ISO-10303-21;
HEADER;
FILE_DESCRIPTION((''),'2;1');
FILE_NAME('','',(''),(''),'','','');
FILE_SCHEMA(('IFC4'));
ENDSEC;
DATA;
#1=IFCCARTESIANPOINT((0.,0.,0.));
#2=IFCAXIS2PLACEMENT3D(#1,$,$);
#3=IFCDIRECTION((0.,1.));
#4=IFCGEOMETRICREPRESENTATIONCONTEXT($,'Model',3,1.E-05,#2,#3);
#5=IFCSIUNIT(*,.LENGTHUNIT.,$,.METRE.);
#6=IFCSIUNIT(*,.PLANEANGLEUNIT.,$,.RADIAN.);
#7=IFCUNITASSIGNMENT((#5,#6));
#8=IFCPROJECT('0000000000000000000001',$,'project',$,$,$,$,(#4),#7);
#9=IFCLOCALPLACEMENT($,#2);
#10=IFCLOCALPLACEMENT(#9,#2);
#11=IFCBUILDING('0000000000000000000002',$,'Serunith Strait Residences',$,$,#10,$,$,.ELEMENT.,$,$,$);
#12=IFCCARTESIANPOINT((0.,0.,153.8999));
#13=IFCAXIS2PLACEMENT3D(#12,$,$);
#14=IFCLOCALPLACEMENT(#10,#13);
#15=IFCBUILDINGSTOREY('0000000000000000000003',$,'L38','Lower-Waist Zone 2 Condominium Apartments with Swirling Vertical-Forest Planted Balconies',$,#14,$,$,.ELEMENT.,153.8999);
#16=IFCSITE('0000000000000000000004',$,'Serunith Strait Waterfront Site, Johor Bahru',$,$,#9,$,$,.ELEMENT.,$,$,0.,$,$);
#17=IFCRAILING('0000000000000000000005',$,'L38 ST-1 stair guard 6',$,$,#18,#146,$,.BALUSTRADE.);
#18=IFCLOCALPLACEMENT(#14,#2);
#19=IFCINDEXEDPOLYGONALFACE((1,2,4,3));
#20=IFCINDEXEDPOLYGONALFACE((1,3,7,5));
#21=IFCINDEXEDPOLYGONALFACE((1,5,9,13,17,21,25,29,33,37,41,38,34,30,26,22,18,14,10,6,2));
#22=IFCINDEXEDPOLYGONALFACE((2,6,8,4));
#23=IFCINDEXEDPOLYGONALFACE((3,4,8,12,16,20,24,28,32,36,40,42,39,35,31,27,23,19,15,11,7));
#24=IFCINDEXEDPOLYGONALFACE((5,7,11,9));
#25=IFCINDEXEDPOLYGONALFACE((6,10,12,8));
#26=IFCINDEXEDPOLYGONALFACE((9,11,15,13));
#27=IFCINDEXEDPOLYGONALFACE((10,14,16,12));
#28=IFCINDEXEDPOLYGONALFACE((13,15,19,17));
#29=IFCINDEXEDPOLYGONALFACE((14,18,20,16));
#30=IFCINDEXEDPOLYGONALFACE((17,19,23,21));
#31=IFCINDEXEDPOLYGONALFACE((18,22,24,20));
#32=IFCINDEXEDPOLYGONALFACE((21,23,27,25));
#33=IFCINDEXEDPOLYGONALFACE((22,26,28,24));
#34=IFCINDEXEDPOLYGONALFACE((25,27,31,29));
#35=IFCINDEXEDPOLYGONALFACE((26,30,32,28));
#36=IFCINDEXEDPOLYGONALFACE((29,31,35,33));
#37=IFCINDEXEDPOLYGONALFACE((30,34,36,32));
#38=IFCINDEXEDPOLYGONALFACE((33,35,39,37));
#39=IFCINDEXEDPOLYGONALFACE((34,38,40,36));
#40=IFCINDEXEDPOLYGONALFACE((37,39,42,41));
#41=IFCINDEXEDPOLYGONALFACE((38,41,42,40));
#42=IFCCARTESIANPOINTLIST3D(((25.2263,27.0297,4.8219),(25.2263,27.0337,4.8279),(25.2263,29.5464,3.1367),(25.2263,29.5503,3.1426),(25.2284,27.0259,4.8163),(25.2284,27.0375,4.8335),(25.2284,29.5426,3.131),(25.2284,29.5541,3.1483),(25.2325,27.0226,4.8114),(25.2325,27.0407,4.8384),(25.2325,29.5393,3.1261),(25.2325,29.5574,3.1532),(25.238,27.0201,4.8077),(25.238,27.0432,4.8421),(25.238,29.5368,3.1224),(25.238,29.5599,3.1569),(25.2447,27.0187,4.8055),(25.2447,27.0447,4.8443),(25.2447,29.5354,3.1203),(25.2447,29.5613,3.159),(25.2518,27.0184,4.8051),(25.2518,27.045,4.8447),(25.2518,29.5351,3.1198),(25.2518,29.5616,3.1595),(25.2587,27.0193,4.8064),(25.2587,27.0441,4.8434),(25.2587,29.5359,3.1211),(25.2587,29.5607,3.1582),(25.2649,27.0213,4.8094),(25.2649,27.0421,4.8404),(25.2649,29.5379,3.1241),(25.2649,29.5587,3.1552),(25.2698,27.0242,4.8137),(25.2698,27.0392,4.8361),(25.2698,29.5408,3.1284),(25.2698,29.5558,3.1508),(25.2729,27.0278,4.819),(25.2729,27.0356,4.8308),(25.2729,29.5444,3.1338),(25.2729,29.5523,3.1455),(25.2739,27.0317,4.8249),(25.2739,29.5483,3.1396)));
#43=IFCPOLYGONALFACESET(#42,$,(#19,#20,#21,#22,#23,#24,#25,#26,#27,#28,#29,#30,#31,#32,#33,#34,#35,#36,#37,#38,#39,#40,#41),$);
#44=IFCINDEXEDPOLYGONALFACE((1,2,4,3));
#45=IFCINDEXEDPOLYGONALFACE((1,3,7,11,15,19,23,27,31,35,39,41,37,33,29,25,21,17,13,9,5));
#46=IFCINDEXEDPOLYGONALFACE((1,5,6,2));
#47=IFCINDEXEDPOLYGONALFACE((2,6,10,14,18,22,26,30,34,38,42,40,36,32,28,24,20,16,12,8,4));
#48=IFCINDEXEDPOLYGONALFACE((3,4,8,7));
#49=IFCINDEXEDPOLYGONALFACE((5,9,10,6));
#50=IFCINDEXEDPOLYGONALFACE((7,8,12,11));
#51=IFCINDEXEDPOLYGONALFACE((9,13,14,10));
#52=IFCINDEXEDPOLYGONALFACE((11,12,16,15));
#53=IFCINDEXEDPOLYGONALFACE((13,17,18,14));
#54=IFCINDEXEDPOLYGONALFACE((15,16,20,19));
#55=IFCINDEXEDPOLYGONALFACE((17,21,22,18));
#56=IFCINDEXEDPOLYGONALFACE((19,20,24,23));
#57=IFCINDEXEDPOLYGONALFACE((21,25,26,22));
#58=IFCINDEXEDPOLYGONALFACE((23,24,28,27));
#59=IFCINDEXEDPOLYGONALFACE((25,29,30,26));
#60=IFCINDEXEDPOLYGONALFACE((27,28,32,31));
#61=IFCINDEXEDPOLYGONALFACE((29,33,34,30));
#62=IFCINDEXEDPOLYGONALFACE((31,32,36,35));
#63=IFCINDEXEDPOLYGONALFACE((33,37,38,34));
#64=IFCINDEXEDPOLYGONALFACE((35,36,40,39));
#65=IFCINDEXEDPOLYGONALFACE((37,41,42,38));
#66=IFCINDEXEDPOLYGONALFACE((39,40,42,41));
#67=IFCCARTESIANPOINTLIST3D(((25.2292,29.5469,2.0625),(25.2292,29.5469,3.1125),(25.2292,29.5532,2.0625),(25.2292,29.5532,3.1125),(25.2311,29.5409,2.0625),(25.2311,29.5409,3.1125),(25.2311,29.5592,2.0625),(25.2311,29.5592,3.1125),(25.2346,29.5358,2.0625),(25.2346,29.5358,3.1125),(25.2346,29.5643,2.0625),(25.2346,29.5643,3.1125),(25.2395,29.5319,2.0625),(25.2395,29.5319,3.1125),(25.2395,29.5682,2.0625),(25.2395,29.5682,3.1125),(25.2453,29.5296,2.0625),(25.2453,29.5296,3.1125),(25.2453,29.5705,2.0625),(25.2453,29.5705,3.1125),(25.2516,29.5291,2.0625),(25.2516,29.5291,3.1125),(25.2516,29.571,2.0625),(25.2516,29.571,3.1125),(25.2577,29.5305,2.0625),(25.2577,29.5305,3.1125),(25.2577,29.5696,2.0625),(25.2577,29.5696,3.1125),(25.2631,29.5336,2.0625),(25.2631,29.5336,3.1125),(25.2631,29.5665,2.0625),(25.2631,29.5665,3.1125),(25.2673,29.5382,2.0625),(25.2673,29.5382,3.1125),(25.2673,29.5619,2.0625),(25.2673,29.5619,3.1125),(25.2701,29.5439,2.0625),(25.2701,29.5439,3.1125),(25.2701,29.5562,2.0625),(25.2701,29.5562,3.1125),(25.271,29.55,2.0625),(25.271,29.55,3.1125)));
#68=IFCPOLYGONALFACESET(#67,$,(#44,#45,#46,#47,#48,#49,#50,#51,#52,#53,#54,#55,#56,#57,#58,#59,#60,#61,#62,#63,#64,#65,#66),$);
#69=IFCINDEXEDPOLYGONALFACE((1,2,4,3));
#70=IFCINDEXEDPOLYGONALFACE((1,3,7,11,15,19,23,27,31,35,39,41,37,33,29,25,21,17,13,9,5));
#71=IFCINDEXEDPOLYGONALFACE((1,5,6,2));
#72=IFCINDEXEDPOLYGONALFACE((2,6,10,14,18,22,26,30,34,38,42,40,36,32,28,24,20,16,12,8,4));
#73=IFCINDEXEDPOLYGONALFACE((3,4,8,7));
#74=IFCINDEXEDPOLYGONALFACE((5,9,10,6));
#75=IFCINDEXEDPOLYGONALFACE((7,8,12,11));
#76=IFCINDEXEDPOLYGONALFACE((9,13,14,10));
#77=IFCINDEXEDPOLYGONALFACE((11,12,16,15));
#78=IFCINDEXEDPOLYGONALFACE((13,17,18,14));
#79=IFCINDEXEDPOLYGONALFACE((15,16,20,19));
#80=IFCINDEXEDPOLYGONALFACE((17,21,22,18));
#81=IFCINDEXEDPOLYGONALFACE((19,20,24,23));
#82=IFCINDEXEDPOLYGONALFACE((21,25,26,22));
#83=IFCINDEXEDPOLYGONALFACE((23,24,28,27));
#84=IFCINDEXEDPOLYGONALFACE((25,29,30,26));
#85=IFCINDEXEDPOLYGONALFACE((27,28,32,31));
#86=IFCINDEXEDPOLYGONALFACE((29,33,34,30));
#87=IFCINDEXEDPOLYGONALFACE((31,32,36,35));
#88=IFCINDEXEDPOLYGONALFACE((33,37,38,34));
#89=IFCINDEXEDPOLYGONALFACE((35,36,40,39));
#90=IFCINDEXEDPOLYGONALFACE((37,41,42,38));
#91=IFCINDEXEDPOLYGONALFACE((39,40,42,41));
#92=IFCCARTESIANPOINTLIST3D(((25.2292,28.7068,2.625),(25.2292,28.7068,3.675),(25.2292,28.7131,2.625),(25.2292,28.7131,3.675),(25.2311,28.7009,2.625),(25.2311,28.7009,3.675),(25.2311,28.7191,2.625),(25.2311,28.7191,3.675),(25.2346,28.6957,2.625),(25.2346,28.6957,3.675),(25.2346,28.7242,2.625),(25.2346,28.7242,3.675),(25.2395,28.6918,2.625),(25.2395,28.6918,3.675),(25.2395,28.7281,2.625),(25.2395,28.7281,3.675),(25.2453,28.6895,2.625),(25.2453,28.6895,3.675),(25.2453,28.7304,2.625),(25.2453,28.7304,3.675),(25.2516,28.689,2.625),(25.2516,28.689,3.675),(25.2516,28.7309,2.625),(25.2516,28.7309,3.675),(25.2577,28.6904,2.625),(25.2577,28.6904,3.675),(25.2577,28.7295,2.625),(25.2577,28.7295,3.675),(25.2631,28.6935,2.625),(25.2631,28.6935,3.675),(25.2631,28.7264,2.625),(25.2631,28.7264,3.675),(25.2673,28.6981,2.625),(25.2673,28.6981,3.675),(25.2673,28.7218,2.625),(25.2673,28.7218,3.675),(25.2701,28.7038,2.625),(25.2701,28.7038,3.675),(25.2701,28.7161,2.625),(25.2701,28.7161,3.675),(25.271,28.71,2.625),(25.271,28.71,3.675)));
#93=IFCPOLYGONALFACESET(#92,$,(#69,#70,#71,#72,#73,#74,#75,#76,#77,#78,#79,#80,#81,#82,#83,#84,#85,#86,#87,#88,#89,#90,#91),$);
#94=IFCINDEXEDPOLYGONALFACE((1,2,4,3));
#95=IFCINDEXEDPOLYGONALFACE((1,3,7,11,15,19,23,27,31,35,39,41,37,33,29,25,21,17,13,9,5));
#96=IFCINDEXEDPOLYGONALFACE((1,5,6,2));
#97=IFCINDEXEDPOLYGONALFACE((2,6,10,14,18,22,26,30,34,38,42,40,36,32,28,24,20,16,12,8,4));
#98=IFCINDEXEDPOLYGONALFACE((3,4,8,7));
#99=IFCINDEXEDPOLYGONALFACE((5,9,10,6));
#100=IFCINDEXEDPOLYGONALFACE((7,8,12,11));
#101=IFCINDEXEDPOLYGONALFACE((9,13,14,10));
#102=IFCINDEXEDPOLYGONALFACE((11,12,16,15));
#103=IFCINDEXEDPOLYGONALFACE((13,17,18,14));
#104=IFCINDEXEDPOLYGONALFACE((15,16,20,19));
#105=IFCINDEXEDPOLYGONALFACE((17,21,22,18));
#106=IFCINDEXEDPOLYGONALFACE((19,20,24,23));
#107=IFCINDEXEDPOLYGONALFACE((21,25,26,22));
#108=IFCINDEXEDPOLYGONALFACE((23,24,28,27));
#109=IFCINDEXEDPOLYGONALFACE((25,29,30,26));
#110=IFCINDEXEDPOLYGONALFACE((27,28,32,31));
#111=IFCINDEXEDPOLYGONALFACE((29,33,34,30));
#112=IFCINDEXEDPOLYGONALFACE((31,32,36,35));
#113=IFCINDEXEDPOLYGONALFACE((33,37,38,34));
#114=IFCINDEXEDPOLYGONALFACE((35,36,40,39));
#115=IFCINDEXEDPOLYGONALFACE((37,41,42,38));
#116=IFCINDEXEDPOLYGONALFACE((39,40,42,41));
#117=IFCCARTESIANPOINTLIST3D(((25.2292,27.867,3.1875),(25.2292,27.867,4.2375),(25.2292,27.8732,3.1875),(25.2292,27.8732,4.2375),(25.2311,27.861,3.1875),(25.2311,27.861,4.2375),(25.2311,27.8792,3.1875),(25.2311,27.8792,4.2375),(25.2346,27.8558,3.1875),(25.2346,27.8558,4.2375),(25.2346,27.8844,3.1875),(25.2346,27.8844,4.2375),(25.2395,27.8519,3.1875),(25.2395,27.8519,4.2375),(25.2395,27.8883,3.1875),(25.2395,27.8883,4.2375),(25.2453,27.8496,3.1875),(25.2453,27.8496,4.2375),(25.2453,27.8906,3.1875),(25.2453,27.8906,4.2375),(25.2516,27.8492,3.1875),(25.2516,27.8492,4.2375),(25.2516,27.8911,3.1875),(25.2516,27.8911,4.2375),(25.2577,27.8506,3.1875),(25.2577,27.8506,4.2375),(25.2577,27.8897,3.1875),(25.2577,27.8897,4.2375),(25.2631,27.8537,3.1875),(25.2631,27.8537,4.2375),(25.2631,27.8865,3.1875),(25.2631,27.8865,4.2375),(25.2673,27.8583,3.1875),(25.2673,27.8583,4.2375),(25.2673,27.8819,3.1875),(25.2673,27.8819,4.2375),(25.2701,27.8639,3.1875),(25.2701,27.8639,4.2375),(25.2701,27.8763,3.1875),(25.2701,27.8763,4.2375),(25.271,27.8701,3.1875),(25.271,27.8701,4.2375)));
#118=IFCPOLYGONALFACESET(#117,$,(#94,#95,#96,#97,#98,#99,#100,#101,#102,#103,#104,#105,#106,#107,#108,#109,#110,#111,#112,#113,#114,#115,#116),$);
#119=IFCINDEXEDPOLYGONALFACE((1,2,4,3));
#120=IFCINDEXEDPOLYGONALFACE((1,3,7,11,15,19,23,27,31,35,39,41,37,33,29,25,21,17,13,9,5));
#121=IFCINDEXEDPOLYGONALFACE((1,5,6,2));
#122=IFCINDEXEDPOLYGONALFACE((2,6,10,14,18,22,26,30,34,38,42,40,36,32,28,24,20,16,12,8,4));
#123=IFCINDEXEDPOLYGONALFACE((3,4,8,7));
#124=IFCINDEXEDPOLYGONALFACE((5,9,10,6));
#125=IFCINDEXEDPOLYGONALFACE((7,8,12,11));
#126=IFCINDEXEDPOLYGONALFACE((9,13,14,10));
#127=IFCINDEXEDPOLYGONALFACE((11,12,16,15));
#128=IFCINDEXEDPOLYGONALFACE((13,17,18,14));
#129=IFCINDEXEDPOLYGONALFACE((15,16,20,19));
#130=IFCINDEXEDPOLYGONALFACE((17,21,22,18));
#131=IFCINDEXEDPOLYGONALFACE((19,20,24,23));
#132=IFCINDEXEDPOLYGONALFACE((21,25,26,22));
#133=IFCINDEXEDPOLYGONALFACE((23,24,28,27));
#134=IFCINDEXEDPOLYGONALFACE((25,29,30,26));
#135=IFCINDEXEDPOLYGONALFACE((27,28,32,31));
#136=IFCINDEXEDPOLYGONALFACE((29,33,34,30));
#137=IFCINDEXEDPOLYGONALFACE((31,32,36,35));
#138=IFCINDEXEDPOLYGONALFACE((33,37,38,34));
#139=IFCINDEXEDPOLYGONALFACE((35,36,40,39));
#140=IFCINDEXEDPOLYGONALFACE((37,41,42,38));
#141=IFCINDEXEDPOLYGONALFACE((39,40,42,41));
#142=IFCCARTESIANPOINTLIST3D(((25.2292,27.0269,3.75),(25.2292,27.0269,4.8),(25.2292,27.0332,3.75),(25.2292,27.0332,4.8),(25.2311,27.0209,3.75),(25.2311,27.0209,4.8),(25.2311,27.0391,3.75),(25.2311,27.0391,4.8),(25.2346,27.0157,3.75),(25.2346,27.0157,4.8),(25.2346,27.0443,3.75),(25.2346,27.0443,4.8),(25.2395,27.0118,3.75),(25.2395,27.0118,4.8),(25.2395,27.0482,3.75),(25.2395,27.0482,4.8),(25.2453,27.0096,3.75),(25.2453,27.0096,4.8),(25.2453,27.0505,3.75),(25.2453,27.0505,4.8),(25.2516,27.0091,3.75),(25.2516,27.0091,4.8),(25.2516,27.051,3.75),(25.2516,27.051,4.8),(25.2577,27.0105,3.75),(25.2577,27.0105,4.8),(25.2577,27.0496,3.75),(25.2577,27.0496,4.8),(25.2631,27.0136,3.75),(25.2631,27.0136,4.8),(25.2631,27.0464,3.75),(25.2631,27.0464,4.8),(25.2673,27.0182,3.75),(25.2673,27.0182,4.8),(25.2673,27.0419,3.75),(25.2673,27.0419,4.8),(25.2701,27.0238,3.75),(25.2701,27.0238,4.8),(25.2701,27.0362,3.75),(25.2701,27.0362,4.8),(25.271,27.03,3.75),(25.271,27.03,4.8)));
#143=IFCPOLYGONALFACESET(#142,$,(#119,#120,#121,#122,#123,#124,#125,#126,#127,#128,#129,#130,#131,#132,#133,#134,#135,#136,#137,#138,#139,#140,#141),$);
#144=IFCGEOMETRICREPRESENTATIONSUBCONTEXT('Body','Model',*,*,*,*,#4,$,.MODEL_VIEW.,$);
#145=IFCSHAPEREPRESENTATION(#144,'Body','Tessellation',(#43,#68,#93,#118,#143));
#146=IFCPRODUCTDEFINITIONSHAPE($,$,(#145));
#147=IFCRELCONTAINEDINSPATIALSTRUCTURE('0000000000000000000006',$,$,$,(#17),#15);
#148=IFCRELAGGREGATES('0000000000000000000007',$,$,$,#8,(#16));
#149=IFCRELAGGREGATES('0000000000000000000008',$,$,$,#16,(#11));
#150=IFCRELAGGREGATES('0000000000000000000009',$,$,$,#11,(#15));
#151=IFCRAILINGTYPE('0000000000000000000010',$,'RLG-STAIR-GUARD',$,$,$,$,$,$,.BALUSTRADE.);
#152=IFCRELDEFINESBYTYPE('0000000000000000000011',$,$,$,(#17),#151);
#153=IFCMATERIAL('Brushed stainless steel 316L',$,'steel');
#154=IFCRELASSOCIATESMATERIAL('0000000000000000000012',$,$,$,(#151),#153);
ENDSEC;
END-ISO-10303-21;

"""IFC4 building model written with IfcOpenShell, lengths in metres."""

from ifc_helpers import new_model, si_unit, direction, frame, origin, origin_2d, place, context, subcontext, project, spatial, circle, extrude, material, type_object, element, save


model = new_model("IFC4")

# Units and contexts
model_context = context("Model", 3, precision=1e-05, world=origin(), true_north=direction((0.0, 1.0)))
body_context = subcontext(model_context, "Body", "Model", "MODEL_VIEW")
ifc_project = project(units=[si_unit("LENGTHUNIT", "METRE"), si_unit("PLANEANGLEUNIT", "RADIAN")], contexts=[model_context])

# Site, building, storey
site_placement = place(None, origin())
site = spatial("IfcSite", under=ifc_project, at=site_placement, Name="Serunith Strait Waterfront Site, Johor Bahru", CompositionType="ELEMENT", RefElevation=0.0)
building_placement = place(site_placement, origin())
building = spatial("IfcBuilding", under=site, at=building_placement, Name="Serunith Strait Residences", CompositionType="ELEMENT")
storey_placement = place(building_placement, frame((0.0, 0.0, 153.8999)))
storey = spatial("IfcBuildingStorey", under=building, at=storey_placement, Name="L38", Description="Lower-Waist Zone 2 Condominium Apartments with Swirling Vertical-Forest Planted Balconies", CompositionType="ELEMENT", Elevation=153.8999)

# Railing
ifc_material_1 = material(Name="Brushed stainless steel 316L", Category="steel")
railing_type_1 = type_object("IfcRailingType", Name="RLG-STAIR-GUARD", PredefinedType="BALUSTRADE", material=ifc_material_1)
railing_1_placement = place(storey_placement, frame((25.25, 29.55, 2.0625)))
element("IfcRailing", 1, at=railing_1_placement, inside=storey, type_object=railing_type_1, Name="L38 ST-1 stair guard 6", PredefinedType="BALUSTRADE", context=body_context, shape_type="SweptSolid", body=[
    extrude(circle(Radius=0.0239, at=origin_2d()), frame((0.0, -0.0017, 1.0771), z_axis=(0.0, -0.830909, 0.556408), x_axis=(1.0, 0.0, 0.0)), (0.0, 0.0, 1.0), 3.0288),
    extrude(circle(Radius=0.021, at=origin_2d()), origin(), (0.0, 0.0, 1.0), 1.05),
    extrude(circle(Radius=0.021, at=origin_2d()), frame((0.0, -0.8401, 0.5625)), (0.0, 0.0, 1.0), 1.05),
    extrude(circle(Radius=0.021, at=origin_2d()), frame((0.0, -1.6799, 1.125)), (0.0, 0.0, 1.0), 1.05),
    extrude(circle(Radius=0.021, at=origin_2d()), frame((0.0, -2.52, 1.6875)), (0.0, 0.0, 1.0), 1.05),
])

save(model, "model.ifc")
